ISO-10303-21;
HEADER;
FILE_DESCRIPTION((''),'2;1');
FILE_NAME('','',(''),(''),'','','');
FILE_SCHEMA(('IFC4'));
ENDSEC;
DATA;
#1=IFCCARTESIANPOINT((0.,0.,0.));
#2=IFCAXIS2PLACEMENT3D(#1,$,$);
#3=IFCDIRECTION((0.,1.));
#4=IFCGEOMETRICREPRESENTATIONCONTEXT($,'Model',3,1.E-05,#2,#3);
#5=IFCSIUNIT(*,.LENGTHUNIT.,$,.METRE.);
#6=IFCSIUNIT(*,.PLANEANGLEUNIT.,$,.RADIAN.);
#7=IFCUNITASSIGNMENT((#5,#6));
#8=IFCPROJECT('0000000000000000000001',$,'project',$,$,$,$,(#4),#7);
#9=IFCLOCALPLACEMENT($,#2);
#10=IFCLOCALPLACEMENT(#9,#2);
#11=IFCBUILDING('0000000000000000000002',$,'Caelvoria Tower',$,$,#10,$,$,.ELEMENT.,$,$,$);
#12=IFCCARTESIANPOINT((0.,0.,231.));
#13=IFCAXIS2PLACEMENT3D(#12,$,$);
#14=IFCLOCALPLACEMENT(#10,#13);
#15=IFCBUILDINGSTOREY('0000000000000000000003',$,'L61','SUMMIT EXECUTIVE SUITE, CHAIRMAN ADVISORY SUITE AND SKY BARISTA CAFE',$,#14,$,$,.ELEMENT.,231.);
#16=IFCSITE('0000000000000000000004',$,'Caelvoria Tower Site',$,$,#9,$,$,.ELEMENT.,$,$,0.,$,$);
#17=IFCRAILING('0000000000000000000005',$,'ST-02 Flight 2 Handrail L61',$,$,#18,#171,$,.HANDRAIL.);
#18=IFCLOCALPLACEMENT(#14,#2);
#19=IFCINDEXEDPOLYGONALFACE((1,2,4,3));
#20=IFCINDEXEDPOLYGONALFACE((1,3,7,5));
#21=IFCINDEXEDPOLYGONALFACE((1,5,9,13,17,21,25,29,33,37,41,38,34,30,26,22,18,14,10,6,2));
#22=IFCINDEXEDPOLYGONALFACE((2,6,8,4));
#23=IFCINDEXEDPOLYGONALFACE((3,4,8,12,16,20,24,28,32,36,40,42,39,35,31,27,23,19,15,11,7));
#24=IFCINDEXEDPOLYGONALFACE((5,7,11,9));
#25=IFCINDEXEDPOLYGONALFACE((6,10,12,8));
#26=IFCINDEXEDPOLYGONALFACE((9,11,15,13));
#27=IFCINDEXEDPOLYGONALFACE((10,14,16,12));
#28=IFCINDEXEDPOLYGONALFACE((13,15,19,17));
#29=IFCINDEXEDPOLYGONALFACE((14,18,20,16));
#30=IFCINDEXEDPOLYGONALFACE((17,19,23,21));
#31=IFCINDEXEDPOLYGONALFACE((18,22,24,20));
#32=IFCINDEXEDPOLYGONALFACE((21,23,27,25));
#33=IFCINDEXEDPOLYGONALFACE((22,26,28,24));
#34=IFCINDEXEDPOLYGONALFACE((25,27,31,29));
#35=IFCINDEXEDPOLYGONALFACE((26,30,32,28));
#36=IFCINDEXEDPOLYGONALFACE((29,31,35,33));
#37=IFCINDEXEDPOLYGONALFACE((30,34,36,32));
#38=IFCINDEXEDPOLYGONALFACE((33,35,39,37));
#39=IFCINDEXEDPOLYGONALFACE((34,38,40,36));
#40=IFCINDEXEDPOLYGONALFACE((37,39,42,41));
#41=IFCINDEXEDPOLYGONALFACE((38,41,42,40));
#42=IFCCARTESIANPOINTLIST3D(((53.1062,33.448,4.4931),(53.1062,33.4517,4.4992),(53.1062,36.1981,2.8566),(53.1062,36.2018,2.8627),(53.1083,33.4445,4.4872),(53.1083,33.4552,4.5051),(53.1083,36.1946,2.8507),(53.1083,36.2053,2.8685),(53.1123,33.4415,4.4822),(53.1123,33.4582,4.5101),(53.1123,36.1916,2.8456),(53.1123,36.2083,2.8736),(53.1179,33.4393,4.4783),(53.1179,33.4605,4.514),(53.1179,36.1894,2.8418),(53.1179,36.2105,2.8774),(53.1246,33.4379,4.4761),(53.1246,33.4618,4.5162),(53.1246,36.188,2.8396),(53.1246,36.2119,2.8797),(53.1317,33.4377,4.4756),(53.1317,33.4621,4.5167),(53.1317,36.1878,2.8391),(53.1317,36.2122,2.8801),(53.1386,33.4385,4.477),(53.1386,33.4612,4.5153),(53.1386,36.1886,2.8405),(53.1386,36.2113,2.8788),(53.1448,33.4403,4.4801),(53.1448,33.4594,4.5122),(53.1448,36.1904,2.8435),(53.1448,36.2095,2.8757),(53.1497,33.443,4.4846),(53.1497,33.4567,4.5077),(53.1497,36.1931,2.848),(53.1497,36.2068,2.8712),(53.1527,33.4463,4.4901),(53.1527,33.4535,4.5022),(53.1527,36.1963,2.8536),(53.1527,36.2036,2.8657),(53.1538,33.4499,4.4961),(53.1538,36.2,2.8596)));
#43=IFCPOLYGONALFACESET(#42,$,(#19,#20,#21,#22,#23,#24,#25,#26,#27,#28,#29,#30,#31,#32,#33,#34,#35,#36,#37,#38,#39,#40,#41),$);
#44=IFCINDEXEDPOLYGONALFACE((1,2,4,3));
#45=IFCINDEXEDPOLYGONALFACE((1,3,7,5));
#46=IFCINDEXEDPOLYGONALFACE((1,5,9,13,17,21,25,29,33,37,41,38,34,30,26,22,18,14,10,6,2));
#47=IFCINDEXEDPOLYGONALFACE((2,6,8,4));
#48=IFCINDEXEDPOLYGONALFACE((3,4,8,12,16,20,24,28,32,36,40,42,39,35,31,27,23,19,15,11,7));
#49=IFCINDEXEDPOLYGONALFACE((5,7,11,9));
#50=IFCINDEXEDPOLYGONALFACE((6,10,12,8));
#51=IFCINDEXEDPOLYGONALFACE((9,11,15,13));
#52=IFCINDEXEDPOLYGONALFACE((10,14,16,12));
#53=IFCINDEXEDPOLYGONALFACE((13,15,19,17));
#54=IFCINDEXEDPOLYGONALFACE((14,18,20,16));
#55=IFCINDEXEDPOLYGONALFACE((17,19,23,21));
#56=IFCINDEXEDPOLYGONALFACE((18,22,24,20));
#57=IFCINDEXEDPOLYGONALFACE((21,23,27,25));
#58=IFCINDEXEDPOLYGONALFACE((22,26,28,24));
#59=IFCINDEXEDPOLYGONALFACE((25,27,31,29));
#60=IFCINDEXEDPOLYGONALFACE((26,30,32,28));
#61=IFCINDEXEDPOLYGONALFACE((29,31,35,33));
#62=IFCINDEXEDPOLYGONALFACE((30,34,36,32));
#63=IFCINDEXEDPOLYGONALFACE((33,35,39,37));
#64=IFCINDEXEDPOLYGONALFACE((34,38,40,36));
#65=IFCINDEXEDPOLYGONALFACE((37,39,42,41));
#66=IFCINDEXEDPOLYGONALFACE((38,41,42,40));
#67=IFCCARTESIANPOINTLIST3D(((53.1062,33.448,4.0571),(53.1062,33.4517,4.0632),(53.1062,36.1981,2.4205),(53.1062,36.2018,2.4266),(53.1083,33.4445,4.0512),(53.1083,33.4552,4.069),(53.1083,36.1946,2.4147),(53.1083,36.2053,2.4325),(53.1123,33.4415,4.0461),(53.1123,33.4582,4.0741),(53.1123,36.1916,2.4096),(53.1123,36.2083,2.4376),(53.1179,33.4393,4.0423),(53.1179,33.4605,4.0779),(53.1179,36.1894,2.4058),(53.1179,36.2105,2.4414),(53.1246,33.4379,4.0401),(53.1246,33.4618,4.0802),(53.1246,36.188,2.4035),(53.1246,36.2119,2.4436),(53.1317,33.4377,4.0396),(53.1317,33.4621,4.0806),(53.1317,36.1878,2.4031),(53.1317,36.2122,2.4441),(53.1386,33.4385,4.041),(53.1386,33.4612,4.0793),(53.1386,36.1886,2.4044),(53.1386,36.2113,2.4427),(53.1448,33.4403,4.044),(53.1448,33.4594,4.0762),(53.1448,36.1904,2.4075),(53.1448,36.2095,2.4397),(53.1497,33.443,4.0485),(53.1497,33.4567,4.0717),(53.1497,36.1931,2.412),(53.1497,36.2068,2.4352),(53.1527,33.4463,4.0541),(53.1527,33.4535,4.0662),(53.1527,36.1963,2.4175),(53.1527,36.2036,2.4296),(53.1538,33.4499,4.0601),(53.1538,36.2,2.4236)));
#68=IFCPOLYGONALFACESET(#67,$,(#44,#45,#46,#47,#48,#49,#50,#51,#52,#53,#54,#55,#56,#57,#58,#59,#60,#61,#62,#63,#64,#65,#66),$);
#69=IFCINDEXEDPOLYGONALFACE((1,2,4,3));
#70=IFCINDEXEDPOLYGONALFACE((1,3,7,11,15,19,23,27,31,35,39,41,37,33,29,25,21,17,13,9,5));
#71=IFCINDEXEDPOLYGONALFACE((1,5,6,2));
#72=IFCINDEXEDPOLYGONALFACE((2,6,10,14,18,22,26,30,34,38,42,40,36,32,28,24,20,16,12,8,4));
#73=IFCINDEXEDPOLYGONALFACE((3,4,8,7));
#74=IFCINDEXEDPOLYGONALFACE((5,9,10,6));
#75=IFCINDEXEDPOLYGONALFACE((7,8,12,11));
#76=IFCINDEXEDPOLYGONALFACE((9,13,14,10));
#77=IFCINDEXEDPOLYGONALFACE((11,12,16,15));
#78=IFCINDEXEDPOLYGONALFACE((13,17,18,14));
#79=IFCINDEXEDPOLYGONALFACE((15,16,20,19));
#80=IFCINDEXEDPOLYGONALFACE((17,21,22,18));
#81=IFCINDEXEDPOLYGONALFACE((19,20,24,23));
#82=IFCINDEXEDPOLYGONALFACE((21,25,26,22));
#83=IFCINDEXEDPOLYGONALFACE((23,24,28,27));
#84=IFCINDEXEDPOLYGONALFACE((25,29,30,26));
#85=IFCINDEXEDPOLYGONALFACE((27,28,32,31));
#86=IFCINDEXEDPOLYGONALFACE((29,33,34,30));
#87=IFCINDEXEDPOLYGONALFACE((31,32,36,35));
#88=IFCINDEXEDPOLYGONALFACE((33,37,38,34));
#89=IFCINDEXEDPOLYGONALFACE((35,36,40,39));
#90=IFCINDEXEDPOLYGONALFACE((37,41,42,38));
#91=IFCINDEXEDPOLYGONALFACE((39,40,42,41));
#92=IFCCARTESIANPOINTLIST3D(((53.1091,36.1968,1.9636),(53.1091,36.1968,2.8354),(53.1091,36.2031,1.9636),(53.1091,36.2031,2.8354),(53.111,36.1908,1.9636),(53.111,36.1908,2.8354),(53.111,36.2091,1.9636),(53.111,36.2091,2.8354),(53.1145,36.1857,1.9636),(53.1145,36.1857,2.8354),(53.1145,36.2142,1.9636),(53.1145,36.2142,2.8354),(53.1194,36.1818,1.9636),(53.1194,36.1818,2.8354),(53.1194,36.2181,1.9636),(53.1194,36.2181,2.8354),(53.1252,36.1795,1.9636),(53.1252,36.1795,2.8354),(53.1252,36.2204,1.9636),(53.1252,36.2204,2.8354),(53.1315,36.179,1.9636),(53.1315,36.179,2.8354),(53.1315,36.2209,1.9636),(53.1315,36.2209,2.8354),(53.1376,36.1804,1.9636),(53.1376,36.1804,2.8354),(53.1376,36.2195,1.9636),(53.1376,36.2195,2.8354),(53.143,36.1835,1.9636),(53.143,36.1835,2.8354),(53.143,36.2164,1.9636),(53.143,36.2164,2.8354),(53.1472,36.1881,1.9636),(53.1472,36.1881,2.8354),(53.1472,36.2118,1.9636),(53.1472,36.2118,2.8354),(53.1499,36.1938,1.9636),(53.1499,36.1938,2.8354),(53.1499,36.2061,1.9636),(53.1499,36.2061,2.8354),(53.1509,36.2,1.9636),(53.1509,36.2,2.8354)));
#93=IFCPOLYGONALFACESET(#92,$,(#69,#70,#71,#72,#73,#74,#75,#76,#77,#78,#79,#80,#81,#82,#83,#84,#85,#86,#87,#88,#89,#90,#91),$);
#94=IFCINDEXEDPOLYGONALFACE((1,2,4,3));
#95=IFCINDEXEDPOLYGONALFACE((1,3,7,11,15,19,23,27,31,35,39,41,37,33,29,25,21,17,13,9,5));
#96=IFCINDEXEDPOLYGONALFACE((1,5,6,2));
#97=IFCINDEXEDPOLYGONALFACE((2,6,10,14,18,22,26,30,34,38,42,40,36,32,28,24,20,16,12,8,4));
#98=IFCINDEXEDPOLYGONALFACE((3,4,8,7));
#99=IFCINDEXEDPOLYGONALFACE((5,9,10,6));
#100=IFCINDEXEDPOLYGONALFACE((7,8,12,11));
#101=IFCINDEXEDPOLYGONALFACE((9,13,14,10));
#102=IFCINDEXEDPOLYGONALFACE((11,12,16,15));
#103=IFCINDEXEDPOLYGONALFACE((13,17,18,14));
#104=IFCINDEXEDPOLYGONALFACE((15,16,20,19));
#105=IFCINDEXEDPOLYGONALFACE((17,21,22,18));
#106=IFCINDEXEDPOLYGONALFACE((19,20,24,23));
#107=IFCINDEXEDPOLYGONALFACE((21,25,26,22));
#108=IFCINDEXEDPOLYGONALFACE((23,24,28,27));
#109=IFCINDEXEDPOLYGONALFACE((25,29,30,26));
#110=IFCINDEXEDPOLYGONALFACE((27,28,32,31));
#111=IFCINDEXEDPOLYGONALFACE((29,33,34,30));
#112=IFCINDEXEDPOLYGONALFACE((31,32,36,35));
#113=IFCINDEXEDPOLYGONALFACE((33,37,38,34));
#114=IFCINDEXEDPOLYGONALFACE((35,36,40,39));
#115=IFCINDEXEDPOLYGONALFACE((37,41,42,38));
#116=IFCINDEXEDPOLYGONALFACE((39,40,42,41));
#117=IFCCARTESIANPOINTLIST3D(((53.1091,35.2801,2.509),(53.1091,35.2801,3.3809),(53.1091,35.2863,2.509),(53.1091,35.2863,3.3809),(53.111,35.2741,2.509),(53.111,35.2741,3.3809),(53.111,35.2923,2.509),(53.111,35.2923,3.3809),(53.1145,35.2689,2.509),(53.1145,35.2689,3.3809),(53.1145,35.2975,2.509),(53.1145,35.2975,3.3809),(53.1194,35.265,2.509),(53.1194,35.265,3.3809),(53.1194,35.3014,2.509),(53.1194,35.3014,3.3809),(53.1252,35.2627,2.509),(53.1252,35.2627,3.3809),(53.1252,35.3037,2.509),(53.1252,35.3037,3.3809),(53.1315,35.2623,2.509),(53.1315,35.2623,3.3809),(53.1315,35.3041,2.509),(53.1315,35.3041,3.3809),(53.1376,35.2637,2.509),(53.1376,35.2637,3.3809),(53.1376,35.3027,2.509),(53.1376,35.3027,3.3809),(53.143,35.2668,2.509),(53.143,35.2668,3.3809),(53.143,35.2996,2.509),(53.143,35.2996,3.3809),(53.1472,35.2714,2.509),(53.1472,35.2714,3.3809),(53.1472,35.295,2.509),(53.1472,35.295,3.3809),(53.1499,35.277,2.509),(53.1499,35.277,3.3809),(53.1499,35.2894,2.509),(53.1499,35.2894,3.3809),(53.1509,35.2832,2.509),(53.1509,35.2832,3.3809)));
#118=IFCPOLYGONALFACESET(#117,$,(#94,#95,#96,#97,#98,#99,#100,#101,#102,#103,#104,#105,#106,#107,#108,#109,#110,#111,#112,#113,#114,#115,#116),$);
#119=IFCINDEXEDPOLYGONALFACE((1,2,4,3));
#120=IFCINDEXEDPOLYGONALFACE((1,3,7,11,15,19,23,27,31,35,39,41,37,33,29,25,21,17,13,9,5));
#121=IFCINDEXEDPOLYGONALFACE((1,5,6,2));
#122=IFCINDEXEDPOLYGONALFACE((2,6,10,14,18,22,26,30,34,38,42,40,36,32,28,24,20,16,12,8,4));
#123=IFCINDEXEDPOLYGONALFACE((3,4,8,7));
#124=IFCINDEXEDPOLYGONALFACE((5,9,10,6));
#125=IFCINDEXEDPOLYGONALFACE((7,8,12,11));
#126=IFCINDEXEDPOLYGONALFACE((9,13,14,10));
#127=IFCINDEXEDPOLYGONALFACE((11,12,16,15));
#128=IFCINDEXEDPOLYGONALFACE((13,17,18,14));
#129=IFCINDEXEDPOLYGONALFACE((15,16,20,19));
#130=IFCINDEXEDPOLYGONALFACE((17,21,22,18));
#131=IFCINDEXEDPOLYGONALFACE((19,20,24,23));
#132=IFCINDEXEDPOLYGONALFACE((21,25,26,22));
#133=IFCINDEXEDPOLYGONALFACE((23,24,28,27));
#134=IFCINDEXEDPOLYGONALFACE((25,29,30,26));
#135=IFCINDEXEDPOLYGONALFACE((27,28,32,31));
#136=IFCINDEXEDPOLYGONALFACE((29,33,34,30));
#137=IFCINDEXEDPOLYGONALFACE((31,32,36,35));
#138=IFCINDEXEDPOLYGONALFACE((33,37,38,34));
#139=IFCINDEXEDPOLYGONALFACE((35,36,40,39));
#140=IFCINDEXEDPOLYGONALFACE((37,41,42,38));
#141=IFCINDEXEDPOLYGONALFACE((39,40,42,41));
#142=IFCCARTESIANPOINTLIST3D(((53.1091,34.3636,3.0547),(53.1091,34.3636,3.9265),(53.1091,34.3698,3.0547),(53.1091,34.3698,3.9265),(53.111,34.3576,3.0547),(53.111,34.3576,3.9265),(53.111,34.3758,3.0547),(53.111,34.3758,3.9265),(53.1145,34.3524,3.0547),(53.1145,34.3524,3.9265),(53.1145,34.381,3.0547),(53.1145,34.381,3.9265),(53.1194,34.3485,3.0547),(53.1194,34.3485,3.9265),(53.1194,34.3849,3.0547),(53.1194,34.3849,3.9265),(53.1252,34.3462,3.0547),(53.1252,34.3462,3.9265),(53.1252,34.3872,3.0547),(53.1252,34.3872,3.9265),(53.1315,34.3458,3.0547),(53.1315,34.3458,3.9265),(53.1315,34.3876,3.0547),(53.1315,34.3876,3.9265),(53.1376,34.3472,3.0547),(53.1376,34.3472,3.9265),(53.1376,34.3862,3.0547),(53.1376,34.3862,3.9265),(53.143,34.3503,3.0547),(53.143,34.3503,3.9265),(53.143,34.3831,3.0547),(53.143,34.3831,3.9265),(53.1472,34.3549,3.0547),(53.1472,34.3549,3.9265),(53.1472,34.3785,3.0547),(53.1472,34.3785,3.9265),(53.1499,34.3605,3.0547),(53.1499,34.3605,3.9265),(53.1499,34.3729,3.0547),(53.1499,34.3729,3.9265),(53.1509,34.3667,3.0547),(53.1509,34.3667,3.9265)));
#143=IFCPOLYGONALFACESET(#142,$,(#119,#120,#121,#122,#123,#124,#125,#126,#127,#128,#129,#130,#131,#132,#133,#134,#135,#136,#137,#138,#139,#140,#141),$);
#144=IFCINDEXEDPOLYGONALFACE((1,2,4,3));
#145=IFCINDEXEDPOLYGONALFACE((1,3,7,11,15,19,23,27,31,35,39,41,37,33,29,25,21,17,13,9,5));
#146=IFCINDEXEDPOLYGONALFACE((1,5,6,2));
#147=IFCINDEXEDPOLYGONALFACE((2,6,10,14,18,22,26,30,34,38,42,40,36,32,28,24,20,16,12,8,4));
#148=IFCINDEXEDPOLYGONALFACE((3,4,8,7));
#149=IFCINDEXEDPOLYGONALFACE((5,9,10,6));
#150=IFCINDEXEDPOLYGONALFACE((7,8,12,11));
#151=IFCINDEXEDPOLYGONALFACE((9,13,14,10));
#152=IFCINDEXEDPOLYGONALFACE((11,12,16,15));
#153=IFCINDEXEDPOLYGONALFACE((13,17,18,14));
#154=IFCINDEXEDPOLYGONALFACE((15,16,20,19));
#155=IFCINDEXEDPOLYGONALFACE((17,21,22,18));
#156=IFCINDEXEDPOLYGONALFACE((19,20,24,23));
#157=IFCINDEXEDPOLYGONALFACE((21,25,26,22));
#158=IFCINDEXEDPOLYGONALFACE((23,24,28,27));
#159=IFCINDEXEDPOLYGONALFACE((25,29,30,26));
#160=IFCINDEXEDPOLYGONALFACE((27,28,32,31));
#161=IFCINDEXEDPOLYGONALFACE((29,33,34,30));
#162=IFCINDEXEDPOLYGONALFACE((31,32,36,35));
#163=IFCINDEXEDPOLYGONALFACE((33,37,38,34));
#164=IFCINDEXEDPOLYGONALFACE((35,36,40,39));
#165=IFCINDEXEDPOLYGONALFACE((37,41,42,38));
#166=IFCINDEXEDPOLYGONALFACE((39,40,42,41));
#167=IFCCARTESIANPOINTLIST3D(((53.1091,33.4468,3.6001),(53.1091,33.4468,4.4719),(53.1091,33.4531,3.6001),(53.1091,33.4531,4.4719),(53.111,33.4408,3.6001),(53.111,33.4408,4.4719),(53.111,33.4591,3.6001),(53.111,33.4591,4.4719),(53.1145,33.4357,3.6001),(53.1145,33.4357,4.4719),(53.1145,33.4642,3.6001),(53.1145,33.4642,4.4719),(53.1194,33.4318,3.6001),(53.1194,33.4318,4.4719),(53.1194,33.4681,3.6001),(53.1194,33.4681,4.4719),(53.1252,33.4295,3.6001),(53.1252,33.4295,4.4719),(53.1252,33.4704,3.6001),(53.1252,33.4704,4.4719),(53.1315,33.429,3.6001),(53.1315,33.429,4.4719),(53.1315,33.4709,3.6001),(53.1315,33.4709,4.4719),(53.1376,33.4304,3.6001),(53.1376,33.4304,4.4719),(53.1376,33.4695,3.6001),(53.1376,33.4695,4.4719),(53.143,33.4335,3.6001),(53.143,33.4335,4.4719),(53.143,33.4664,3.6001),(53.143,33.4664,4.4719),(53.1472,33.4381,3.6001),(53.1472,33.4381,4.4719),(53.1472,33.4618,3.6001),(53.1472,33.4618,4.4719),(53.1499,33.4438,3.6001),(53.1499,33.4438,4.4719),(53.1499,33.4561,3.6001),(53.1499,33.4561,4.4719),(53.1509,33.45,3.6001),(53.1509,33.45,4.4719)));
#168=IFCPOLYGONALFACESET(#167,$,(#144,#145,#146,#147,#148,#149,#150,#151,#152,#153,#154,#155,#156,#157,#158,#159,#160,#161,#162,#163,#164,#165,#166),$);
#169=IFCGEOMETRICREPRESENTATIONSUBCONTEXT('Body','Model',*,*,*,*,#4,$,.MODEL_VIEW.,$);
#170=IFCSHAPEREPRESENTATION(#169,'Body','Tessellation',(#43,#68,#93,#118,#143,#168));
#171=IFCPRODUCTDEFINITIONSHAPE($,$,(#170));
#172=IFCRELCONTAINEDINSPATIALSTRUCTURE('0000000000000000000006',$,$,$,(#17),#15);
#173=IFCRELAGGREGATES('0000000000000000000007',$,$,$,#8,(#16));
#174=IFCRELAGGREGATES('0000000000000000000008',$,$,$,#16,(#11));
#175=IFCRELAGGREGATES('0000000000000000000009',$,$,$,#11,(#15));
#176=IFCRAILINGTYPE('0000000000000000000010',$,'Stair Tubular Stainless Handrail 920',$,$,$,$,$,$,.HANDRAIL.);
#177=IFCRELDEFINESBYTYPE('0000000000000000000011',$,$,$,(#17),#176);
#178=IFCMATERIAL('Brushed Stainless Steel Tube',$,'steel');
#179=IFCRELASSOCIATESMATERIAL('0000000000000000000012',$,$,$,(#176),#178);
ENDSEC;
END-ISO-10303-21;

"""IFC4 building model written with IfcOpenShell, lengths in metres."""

from ifc_helpers import new_model, si_unit, direction, frame, origin, origin_2d, place, context, subcontext, project, spatial, circle, extrude, material, type_object, element, save


model = new_model("IFC4")

# Units and contexts
model_context = context("Model", 3, precision=1e-05, world=origin(), true_north=direction((0.0, 1.0)))
body_context = subcontext(model_context, "Body", "Model", "MODEL_VIEW")
ifc_project = project(units=[si_unit("LENGTHUNIT", "METRE"), si_unit("PLANEANGLEUNIT", "RADIAN")], contexts=[model_context])

# Site, building, storey
site_placement = place(None, origin())
site = spatial("IfcSite", under=ifc_project, at=site_placement, Name="Caelvoria Tower Site", CompositionType="ELEMENT", RefElevation=0.0)
building_placement = place(site_placement, origin())
building = spatial("IfcBuilding", under=site, at=building_placement, Name="Caelvoria Tower", CompositionType="ELEMENT")
storey_placement = place(building_placement, frame((0.0, 0.0, 231.0)))
storey = spatial("IfcBuildingStorey", under=building, at=storey_placement, Name="L61", Description="SUMMIT EXECUTIVE SUITE, CHAIRMAN ADVISORY SUITE AND SKY BARISTA CAFE", CompositionType="ELEMENT", Elevation=231.0)

# Railing
ifc_material_1 = material(Name="Brushed Stainless Steel Tube", Category="steel")
railing_type_1 = type_object("IfcRailingType", Name="Stair Tubular Stainless Handrail 920", PredefinedType="HANDRAIL", material=ifc_material_1)
railing_1_placement = place(storey_placement, frame((53.1299, 36.2, 1.9636)))
element("IfcRailing", 1, at=railing_1_placement, inside=storey, type_object=railing_type_1, Name="ST-02 Flight 2 Handrail L61", PredefinedType="HANDRAIL", context=body_context, shape_type="SweptSolid", body=[
    extrude(circle(Radius=0.0239, at=origin_2d()), frame((0.0, 0.0, 0.896), z_axis=(0.0, -0.859352, 0.511385), x_axis=(1.0, 0.0, 0.0)), (0.0, 0.0, 1.0), 3.2002),
    extrude(circle(Radius=0.0239, at=origin_2d()), frame((0.0, 0.0, 0.46), z_axis=(0.0, -0.859352, 0.511385), x_axis=(1.0, 0.0, 0.0)), (0.0, 0.0, 1.0), 3.2002),
    extrude(circle(Radius=0.021, at=origin_2d()), origin(), (0.0, 0.0, 1.0), 0.8718),
    extrude(circle(Radius=0.021, at=origin_2d()), frame((0.0, -0.9167, 0.5454)), (0.0, 0.0, 1.0), 0.8718),
    extrude(circle(Radius=0.021, at=origin_2d()), frame((0.0, -1.8333, 1.0911)), (0.0, 0.0, 1.0), 0.8718),
    extrude(circle(Radius=0.021, at=origin_2d()), frame((0.0, -2.75, 1.6365)), (0.0, 0.0, 1.0), 0.8718),
])

save(model, "model.ifc")
